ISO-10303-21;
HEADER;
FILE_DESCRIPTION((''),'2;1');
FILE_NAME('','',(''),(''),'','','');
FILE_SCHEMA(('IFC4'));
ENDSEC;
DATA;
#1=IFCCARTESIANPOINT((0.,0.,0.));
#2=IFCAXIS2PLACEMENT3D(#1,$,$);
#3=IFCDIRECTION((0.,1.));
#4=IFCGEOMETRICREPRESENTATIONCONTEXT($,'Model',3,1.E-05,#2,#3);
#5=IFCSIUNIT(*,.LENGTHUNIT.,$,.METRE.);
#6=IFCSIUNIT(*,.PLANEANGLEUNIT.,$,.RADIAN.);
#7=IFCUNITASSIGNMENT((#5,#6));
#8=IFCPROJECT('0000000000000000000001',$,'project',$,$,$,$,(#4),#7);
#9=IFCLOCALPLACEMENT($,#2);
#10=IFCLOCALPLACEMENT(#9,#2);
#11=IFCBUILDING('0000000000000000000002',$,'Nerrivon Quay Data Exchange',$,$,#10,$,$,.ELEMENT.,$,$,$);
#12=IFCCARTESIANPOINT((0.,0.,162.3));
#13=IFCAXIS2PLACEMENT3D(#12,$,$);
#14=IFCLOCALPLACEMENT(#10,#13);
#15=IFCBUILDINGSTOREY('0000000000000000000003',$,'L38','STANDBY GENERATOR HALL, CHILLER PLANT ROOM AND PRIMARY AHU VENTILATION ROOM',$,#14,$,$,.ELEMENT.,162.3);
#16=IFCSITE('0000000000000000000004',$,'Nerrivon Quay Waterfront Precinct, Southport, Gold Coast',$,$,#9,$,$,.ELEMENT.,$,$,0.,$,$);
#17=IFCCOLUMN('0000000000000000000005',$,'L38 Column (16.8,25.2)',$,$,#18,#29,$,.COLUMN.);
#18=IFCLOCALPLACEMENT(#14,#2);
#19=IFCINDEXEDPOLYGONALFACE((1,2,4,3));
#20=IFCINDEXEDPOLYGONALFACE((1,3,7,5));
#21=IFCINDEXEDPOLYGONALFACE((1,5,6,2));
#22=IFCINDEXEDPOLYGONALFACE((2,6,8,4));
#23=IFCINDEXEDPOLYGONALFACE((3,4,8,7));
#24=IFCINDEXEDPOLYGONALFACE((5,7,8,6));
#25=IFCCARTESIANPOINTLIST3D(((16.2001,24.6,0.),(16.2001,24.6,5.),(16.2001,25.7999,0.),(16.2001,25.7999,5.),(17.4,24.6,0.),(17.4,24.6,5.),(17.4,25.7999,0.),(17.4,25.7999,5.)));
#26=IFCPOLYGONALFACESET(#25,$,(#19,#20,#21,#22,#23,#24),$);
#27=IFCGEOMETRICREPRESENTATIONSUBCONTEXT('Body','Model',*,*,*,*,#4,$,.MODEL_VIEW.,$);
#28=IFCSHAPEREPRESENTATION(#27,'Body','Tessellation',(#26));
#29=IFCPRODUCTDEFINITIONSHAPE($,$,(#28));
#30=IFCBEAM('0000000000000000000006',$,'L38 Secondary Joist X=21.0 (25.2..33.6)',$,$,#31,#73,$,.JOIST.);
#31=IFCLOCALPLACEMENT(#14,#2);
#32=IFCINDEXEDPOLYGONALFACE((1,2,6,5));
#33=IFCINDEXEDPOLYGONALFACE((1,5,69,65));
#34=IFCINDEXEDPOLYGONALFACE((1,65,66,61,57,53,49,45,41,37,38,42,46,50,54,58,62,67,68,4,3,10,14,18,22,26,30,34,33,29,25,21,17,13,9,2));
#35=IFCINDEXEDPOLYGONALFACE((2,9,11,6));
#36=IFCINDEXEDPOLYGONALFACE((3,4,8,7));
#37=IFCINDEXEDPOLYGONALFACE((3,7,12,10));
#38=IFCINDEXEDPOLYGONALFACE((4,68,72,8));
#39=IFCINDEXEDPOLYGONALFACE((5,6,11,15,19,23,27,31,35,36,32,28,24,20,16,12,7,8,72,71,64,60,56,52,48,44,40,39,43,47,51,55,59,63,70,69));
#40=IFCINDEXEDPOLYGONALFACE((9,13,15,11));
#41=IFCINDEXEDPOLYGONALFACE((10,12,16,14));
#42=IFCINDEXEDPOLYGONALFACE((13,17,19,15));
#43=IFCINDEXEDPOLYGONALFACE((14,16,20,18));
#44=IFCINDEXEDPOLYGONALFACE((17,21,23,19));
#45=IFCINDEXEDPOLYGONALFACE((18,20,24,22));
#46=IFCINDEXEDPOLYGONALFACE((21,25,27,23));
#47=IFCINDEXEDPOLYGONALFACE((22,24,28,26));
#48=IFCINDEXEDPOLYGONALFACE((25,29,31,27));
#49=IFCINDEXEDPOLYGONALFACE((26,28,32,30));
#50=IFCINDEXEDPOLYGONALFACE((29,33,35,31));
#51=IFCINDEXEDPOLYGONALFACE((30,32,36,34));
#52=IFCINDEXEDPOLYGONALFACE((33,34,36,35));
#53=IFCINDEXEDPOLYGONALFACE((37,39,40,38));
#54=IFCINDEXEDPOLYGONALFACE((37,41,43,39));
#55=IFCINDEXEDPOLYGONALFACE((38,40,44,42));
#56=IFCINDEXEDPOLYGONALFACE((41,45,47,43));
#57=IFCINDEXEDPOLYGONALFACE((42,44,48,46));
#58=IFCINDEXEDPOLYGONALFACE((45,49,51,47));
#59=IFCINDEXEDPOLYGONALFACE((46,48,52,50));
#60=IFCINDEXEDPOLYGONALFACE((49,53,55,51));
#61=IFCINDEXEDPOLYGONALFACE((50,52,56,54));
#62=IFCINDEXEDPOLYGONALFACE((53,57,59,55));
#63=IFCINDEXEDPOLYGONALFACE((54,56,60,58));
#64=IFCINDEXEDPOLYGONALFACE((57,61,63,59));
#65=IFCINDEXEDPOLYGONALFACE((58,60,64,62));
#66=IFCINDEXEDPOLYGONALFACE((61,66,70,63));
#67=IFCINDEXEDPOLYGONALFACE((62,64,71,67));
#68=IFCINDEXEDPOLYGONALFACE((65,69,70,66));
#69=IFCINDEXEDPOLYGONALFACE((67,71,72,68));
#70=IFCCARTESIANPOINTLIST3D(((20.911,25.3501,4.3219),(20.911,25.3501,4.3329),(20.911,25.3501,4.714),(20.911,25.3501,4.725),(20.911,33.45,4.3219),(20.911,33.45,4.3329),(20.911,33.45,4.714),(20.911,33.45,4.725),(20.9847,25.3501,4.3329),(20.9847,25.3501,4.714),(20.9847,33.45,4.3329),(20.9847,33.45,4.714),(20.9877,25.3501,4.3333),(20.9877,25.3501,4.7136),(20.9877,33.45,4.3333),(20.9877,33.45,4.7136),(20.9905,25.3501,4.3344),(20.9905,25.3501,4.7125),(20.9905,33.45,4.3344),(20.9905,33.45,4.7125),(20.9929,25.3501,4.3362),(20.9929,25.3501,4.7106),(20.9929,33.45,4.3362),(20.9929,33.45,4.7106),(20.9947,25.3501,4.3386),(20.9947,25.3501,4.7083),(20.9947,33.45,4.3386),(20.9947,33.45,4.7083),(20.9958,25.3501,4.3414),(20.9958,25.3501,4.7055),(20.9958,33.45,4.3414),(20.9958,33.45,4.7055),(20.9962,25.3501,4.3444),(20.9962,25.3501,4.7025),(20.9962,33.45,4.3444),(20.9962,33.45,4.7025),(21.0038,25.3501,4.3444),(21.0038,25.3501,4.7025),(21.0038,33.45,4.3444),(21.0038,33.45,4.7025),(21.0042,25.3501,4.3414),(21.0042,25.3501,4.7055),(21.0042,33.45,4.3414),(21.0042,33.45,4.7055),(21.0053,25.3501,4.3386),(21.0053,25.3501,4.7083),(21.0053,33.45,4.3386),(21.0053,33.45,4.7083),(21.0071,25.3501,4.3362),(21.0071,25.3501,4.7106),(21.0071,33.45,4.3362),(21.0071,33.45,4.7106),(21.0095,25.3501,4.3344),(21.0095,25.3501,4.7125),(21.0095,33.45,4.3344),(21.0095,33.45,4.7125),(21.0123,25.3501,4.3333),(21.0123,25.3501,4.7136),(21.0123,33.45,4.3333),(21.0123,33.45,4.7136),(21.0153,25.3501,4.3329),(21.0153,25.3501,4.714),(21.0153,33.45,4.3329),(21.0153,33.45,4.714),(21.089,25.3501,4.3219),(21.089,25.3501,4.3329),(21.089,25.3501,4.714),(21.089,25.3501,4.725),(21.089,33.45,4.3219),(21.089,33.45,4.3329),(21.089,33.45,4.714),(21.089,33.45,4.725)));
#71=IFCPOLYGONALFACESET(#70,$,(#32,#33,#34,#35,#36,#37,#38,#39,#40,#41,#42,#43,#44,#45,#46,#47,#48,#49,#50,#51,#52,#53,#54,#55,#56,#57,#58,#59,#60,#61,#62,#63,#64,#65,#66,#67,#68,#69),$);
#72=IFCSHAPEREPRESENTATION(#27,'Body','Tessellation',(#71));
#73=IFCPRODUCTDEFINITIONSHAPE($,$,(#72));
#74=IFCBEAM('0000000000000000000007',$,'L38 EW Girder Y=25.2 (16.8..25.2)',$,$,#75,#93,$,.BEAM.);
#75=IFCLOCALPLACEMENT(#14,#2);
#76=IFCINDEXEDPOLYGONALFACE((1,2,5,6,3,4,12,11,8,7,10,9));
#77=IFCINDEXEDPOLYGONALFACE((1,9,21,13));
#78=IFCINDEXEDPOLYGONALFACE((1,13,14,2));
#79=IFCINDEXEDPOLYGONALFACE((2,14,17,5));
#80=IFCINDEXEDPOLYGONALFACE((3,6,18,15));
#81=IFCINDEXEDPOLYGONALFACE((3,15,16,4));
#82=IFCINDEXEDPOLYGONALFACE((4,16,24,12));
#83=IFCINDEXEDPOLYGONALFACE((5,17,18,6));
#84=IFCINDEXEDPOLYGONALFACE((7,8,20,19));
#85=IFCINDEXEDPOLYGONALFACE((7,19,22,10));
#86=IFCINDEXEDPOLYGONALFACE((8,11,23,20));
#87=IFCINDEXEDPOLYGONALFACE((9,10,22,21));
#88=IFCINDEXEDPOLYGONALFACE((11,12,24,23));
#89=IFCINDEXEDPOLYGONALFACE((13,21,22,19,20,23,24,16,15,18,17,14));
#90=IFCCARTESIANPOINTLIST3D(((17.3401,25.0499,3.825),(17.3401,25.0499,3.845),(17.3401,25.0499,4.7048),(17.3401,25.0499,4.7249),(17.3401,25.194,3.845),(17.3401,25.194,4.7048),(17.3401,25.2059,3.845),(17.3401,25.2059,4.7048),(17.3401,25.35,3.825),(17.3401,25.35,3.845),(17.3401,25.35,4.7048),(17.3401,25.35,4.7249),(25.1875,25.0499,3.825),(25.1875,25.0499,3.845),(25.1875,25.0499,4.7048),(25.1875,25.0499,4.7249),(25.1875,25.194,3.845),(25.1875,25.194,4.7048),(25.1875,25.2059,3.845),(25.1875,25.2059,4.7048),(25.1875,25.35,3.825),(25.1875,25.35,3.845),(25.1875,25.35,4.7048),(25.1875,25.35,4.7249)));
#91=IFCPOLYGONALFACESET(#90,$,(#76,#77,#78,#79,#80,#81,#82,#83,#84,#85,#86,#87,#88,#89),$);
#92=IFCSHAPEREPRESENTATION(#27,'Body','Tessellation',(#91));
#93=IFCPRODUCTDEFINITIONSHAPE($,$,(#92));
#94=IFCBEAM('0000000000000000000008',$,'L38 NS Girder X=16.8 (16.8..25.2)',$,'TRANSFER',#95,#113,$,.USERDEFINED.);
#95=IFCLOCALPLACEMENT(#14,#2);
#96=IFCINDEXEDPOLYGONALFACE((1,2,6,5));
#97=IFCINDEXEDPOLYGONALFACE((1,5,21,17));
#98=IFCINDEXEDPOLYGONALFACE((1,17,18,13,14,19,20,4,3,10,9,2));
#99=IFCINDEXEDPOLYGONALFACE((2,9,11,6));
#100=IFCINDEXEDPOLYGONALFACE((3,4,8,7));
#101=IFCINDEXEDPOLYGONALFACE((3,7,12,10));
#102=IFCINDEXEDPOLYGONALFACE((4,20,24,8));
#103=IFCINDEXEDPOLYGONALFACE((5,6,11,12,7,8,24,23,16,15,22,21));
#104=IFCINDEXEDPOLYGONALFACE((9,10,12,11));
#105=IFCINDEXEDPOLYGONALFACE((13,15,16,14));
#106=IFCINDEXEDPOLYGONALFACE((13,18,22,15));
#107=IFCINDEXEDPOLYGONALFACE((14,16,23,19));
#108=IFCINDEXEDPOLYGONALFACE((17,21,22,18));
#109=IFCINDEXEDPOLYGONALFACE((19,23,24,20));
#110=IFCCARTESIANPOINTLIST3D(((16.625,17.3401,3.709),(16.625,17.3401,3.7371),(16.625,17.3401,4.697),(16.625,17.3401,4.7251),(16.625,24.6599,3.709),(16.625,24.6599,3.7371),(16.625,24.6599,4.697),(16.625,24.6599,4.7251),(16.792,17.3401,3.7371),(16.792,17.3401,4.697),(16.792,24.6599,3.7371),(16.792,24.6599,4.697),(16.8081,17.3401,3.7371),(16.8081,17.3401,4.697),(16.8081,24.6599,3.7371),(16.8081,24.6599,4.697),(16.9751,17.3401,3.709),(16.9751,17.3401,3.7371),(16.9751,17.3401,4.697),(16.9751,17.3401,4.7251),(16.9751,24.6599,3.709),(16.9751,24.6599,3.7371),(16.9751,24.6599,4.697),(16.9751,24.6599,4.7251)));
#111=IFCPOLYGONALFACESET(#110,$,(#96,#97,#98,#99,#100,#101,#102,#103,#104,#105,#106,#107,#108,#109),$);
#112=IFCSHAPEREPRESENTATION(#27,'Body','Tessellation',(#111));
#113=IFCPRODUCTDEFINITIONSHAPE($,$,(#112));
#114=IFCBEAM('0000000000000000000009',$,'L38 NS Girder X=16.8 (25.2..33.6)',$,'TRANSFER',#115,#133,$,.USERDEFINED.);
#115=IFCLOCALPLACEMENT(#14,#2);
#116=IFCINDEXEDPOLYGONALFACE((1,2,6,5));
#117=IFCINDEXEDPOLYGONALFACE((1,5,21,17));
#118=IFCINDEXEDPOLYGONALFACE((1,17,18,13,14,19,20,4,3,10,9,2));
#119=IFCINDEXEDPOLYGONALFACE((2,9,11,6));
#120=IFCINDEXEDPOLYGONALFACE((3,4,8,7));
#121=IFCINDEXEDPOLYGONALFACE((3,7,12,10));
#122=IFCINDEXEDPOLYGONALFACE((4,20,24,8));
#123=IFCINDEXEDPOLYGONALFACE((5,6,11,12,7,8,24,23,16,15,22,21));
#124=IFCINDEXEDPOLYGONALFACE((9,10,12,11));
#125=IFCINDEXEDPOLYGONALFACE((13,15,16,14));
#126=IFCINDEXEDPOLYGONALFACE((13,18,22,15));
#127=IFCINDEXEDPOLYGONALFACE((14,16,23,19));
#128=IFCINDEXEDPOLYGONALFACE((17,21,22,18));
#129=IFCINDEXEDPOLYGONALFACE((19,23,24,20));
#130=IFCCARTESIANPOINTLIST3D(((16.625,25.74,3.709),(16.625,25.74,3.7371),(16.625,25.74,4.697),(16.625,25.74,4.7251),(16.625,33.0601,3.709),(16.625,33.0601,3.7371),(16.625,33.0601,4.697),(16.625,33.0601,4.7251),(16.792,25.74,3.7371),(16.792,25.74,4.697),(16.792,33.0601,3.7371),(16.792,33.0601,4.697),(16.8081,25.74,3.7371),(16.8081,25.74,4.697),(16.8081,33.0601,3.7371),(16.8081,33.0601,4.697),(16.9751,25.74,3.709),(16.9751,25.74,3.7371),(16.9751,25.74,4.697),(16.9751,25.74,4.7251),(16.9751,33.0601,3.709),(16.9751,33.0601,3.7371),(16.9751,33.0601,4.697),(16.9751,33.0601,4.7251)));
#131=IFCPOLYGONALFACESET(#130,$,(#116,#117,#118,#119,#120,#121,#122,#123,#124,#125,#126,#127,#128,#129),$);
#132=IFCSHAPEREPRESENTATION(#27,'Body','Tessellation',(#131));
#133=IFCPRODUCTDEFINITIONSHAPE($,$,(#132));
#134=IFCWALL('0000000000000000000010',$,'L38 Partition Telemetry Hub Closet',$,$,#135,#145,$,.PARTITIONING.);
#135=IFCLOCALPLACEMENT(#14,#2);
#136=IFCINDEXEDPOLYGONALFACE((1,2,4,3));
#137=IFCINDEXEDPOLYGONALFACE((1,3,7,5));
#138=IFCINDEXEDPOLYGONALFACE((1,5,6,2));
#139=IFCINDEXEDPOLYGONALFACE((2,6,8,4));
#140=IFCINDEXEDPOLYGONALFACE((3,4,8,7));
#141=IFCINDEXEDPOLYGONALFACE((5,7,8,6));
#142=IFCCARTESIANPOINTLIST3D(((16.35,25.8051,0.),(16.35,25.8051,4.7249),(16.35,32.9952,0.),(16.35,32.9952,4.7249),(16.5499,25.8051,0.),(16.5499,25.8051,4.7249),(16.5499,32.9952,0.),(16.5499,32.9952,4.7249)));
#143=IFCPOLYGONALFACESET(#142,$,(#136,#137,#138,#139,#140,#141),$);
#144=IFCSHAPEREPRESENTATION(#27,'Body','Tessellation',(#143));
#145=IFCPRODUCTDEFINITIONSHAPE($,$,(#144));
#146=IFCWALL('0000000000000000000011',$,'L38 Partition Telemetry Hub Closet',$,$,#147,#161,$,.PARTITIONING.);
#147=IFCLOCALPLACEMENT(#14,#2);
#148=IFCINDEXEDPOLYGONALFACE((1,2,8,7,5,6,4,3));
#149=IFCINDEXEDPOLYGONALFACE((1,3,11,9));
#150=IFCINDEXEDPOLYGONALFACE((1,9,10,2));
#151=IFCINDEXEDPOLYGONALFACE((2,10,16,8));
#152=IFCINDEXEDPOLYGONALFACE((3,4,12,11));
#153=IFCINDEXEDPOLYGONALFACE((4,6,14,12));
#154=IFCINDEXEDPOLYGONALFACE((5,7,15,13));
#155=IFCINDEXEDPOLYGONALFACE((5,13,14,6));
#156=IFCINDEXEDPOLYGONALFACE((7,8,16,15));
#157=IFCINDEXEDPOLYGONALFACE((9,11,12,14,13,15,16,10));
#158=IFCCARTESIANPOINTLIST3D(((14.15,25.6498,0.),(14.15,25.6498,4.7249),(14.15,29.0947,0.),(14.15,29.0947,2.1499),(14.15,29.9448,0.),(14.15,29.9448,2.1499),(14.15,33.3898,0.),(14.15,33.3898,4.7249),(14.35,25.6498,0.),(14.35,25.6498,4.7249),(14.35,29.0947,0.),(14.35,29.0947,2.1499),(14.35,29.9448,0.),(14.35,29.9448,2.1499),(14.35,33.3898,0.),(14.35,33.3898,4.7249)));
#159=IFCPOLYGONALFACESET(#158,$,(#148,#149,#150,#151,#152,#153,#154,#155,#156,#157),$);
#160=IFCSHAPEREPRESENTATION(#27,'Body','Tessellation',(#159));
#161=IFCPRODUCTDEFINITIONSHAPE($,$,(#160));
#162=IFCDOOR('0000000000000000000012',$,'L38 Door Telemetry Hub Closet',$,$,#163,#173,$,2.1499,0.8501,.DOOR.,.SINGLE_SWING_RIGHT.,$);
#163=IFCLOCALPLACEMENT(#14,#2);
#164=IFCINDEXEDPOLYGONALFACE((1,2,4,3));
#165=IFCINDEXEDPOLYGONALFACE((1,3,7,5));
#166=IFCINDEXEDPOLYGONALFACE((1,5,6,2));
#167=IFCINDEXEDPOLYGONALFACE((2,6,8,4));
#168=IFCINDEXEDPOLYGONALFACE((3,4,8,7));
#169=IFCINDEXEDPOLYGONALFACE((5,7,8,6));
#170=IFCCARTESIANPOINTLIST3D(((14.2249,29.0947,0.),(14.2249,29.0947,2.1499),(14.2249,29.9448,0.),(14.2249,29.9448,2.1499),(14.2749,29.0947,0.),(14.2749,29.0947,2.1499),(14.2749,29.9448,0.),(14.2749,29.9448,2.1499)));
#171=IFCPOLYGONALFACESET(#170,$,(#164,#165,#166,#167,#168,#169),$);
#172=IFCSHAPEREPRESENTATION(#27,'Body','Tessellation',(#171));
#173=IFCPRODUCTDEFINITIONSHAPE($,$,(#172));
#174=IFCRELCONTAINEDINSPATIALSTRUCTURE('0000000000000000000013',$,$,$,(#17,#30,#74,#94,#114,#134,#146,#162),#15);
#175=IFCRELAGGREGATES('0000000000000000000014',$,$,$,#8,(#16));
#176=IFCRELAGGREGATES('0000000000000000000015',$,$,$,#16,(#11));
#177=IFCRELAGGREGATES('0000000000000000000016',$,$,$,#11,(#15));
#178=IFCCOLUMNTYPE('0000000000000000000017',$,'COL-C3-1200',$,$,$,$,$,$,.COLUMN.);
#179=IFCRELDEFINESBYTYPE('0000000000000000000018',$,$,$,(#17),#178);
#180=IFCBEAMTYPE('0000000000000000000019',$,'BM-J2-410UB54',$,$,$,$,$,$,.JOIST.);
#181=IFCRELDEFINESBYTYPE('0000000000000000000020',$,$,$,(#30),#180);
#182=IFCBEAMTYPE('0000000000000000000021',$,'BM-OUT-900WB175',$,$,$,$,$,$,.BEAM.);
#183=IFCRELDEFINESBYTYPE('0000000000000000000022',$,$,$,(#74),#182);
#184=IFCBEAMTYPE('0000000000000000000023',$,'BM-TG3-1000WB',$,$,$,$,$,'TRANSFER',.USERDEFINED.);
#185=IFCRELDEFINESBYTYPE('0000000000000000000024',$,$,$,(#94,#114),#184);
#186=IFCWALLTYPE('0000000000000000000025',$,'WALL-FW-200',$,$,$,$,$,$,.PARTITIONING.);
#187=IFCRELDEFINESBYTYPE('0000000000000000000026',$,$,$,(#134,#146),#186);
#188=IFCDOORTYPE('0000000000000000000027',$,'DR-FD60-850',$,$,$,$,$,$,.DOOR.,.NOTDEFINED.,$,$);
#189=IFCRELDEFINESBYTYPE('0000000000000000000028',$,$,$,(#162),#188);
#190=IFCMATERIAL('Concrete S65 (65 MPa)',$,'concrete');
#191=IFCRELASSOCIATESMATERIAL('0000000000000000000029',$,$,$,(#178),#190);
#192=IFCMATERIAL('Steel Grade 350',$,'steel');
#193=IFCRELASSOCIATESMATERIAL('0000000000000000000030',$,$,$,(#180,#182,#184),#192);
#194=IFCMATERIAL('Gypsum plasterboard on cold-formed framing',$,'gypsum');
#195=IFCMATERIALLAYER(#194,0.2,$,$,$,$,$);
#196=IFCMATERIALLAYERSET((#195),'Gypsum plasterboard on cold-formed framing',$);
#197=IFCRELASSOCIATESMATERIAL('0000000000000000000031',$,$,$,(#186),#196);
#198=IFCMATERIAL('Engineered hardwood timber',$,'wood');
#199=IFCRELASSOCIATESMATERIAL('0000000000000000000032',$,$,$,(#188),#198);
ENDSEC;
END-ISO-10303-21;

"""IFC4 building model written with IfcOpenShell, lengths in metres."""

from ifc_helpers import new_model, si_unit, direction, frame, frame_2d, origin, origin_2d, place, context, subcontext, project, spatial, rectangle, i_section, extrude, material, layer, layer_set, material_profile, profile_set, type_object, element, fill, save


model = new_model("IFC4")

# Units and contexts
model_context = context("Model", 3, precision=1e-05, world=origin(), true_north=direction((0.0, 1.0)))
body_context = subcontext(model_context, "Body", "Model", "MODEL_VIEW")
ifc_project = project(units=[si_unit("LENGTHUNIT", "METRE"), si_unit("PLANEANGLEUNIT", "RADIAN")], contexts=[model_context])

# Site, building, storey
site_placement = place(None, origin())
site = spatial("IfcSite", under=ifc_project, at=site_placement, Name="Nerrivon Quay Waterfront Precinct, Southport, Gold Coast", CompositionType="ELEMENT", RefElevation=0.0)
building_placement = place(site_placement, origin())
building = spatial("IfcBuilding", under=site, at=building_placement, Name="Nerrivon Quay Data Exchange", CompositionType="ELEMENT")
storey_placement = place(building_placement, frame((0.0, 0.0, 162.3)))
storey = spatial("IfcBuildingStorey", under=building, at=storey_placement, Name="L38", Description="STANDBY GENERATOR HALL, CHILLER PLANT ROOM AND PRIMARY AHU VENTILATION ROOM", CompositionType="ELEMENT", Elevation=162.3)

# Column
ifc_material_1 = material(Name="Concrete S65 (65 MPa)", Category="concrete")
ifc_material_profile_1 = material_profile(ifc_material_1, rectangle(XDim=1.2, YDim=1.2, at=origin_2d()), Name="RC-COL-1200x1200")
ifc_profile_set_1 = profile_set([ifc_material_profile_1], Name="Concrete S65 (65 MPa)")
column_type = type_object("IfcColumnType", Name="COL-C3-1200", PredefinedType="COLUMN", material=ifc_profile_set_1)
column_placement = place(storey_placement, frame((16.8, 25.2, 0.0), z_axis=(0.0, 0.0, 1.0), x_axis=(1.0, 0.0, 0.0)))
element("IfcColumn", 1, at=column_placement, inside=storey, type_object=column_type, Name="L38 Column (16.8,25.2)", PredefinedType="COLUMN", context=body_context, shape_type="SweptSolid", body=[
    extrude(rectangle(XDim=1.2, YDim=1.2, at=origin_2d()), origin(), (0.0, 0.0, 1.0), 5.0),
])

# Beams
ifc_material_2 = material(Name="Steel Grade 350", Category="steel")
ifc_material_profile_2 = material_profile(ifc_material_2, i_section(OverallWidth=0.178, OverallDepth=0.4031, WebThickness=0.0076, FlangeThickness=0.011, FilletRadius=0.0115, at=origin_2d()), Name="410UB53.7")
ifc_profile_set_2 = profile_set([ifc_material_profile_2], Name="Steel Grade 350")
beam_type_1 = type_object("IfcBeamType", Name="BM-J2-410UB54", PredefinedType="JOIST", material=ifc_profile_set_2)
beam_1_placement = place(storey_placement, frame((21.0, 25.3501, 4.5234), z_axis=(0.0, 1.0, 0.0), x_axis=(-1.0, 0.0, 0.0)))
element("IfcBeam", 2, at=beam_1_placement, inside=storey, type_object=beam_type_1, Name="L38 Secondary Joist X=21.0 (25.2..33.6)", PredefinedType="JOIST", context=body_context, shape_type="SweptSolid", body=[
    extrude(i_section(OverallWidth=0.178, OverallDepth=0.4031, WebThickness=0.0076, FlangeThickness=0.011, FilletRadius=0.0115, at=origin_2d()), origin(), (0.0, 0.0, 1.0), 8.0999),
])
ifc_material_profile_3 = material_profile(ifc_material_2, i_section(OverallWidth=0.3, OverallDepth=0.8999, WebThickness=0.012, FlangeThickness=0.02, at=origin_2d()), Name="900WB175")
ifc_profile_set_3 = profile_set([ifc_material_profile_3], Name="Steel Grade 350")
beam_type_2 = type_object("IfcBeamType", Name="BM-OUT-900WB175", PredefinedType="BEAM", material=ifc_profile_set_3)
beam_2_placement = place(storey_placement, frame((17.3401, 25.2, 4.2749), z_axis=(1.0, 0.0, 0.0), x_axis=(0.0, 1.0, 0.0)))
element("IfcBeam", 3, at=beam_2_placement, inside=storey, type_object=beam_type_2, Name="L38 EW Girder Y=25.2 (16.8..25.2)", PredefinedType="BEAM", context=body_context, shape_type="SweptSolid", body=[
    extrude(i_section(OverallWidth=0.3, OverallDepth=0.8999, WebThickness=0.012, FlangeThickness=0.02, at=origin_2d()), origin(), (0.0, 0.0, 1.0), 7.8474),
])
ifc_material_profile_4 = material_profile(ifc_material_2, i_section(OverallWidth=0.3501, OverallDepth=1.0161, WebThickness=0.0161, FlangeThickness=0.0281, at=origin_2d()), Name="1000WB258")
ifc_profile_set_4 = profile_set([ifc_material_profile_4], Name="Steel Grade 350")
beam_type_3 = type_object("IfcBeamType", Name="BM-TG3-1000WB", ElementType="TRANSFER", PredefinedType="USERDEFINED", material=ifc_profile_set_4)
beam_3_placement = place(storey_placement, frame((16.8, 17.3401, 4.217), z_axis=(0.0, 1.0, 0.0), x_axis=(-1.0, 0.0, 0.0)))
element("IfcBeam", 4, at=beam_3_placement, inside=storey, type_object=beam_type_3, Name="L38 NS Girder X=16.8 (16.8..25.2)", ObjectType="TRANSFER", PredefinedType="USERDEFINED", context=body_context, shape_type="SweptSolid", body=[
    extrude(i_section(OverallWidth=0.3501, OverallDepth=1.0161, WebThickness=0.0161, FlangeThickness=0.0281, at=origin_2d()), origin(), (0.0, 0.0, 1.0), 7.3198),
])
beam_4_placement = place(storey_placement, frame((16.8, 25.74, 4.217), z_axis=(0.0, 1.0, 0.0), x_axis=(-1.0, 0.0, 0.0)))
element("IfcBeam", 5, at=beam_4_placement, inside=storey, type_object=beam_type_3, Name="L38 NS Girder X=16.8 (25.2..33.6)", ObjectType="TRANSFER", PredefinedType="USERDEFINED", context=body_context, shape_type="SweptSolid", body=[
    extrude(i_section(OverallWidth=0.3501, OverallDepth=1.0161, WebThickness=0.0161, FlangeThickness=0.0281, at=origin_2d()), origin(), (0.0, 0.0, 1.0), 7.3201),
])

# Wall
ifc_material_3 = material(Name="Gypsum plasterboard on cold-formed framing", Category="gypsum")
ifc_layer_1 = layer(ifc_material_3, 0.2)
ifc_layer_set_1 = layer_set([ifc_layer_1], Name="Gypsum plasterboard on cold-formed framing")
wall_type = type_object("IfcWallType", Name="WALL-FW-200", PredefinedType="PARTITIONING", material=ifc_layer_set_1)
wall_1_placement = place(storey_placement, frame((16.45, 25.8049, 0.0), z_axis=(0.0, 0.0, 1.0), x_axis=(0.0, 1.0, 0.0)))
element("IfcWall", 6, at=wall_1_placement, inside=storey, type_object=wall_type, Name="L38 Partition Telemetry Hub Closet", PredefinedType="PARTITIONING", context=body_context, shape_type="SweptSolid", body=[
    extrude(rectangle(XDim=7.1902, YDim=0.2, at=frame_2d((3.5952, 0.0))), origin(), (0.0, 0.0, 1.0), 4.7249),
])

# Wall, opening, door
wall_2_placement = place(storey_placement, frame((14.25, 33.3899, 0.0), z_axis=(0.0, 0.0, 1.0), x_axis=(0.0, -1.0, 0.0)))
wall_2 = element("IfcWall", 7, at=wall_2_placement, inside=storey, type_object=wall_type, Name="L38 Partition Telemetry Hub Closet", PredefinedType="PARTITIONING", context=body_context, shape_type="SweptSolid", body=[
    extrude(rectangle(XDim=7.74, YDim=0.2, at=frame_2d((3.8701, 0.0))), origin(), (0.0, 0.0, 1.0), 4.7249),
])
opening_1_placement = place(wall_2_placement, frame((3.4451, 0.0, 0.0)))
opening_1 = element("IfcOpeningElement", 8, at=opening_1_placement, cuts=wall_2, PredefinedType="OPENING", context=body_context, shape_type="SweptSolid", body=[
    extrude(rectangle(XDim=0.8501, YDim=2.1499, at=frame_2d((0.425, 1.075))), frame((0.0, 0.1099, 0.0), z_axis=(0.0, -1.0, 0.0), x_axis=(1.0, 0.0, 0.0)), (0.0, 0.0, 1.0), 0.22),
])
ifc_material_4 = material(Name="Engineered hardwood timber", Category="wood")
door_type_1 = type_object("IfcDoorType", Name="DR-FD60-850", OperationType="NOTDEFINED", PredefinedType="DOOR", material=ifc_material_4)
door_1_placement = place(opening_1_placement, origin())
door_1 = element("IfcDoor", 9, at=door_1_placement, inside=storey, type_object=door_type_1, Name="L38 Door Telemetry Hub Closet", OperationType="SINGLE_SWING_RIGHT", OverallHeight=2.1499, OverallWidth=0.8501, PredefinedType="DOOR", context=body_context, shape_type="SweptSolid", body=[
    extrude(rectangle(XDim=0.8501, YDim=2.1499, at=frame_2d((0.425, 1.075))), frame((0.0, 0.0249, 0.0), z_axis=(0.0, -1.0, 0.0), x_axis=(1.0, 0.0, 0.0)), (0.0, 0.0, 1.0), 0.05),
])
fill(opening_1, door_1)

save(model, "model.ifc")
